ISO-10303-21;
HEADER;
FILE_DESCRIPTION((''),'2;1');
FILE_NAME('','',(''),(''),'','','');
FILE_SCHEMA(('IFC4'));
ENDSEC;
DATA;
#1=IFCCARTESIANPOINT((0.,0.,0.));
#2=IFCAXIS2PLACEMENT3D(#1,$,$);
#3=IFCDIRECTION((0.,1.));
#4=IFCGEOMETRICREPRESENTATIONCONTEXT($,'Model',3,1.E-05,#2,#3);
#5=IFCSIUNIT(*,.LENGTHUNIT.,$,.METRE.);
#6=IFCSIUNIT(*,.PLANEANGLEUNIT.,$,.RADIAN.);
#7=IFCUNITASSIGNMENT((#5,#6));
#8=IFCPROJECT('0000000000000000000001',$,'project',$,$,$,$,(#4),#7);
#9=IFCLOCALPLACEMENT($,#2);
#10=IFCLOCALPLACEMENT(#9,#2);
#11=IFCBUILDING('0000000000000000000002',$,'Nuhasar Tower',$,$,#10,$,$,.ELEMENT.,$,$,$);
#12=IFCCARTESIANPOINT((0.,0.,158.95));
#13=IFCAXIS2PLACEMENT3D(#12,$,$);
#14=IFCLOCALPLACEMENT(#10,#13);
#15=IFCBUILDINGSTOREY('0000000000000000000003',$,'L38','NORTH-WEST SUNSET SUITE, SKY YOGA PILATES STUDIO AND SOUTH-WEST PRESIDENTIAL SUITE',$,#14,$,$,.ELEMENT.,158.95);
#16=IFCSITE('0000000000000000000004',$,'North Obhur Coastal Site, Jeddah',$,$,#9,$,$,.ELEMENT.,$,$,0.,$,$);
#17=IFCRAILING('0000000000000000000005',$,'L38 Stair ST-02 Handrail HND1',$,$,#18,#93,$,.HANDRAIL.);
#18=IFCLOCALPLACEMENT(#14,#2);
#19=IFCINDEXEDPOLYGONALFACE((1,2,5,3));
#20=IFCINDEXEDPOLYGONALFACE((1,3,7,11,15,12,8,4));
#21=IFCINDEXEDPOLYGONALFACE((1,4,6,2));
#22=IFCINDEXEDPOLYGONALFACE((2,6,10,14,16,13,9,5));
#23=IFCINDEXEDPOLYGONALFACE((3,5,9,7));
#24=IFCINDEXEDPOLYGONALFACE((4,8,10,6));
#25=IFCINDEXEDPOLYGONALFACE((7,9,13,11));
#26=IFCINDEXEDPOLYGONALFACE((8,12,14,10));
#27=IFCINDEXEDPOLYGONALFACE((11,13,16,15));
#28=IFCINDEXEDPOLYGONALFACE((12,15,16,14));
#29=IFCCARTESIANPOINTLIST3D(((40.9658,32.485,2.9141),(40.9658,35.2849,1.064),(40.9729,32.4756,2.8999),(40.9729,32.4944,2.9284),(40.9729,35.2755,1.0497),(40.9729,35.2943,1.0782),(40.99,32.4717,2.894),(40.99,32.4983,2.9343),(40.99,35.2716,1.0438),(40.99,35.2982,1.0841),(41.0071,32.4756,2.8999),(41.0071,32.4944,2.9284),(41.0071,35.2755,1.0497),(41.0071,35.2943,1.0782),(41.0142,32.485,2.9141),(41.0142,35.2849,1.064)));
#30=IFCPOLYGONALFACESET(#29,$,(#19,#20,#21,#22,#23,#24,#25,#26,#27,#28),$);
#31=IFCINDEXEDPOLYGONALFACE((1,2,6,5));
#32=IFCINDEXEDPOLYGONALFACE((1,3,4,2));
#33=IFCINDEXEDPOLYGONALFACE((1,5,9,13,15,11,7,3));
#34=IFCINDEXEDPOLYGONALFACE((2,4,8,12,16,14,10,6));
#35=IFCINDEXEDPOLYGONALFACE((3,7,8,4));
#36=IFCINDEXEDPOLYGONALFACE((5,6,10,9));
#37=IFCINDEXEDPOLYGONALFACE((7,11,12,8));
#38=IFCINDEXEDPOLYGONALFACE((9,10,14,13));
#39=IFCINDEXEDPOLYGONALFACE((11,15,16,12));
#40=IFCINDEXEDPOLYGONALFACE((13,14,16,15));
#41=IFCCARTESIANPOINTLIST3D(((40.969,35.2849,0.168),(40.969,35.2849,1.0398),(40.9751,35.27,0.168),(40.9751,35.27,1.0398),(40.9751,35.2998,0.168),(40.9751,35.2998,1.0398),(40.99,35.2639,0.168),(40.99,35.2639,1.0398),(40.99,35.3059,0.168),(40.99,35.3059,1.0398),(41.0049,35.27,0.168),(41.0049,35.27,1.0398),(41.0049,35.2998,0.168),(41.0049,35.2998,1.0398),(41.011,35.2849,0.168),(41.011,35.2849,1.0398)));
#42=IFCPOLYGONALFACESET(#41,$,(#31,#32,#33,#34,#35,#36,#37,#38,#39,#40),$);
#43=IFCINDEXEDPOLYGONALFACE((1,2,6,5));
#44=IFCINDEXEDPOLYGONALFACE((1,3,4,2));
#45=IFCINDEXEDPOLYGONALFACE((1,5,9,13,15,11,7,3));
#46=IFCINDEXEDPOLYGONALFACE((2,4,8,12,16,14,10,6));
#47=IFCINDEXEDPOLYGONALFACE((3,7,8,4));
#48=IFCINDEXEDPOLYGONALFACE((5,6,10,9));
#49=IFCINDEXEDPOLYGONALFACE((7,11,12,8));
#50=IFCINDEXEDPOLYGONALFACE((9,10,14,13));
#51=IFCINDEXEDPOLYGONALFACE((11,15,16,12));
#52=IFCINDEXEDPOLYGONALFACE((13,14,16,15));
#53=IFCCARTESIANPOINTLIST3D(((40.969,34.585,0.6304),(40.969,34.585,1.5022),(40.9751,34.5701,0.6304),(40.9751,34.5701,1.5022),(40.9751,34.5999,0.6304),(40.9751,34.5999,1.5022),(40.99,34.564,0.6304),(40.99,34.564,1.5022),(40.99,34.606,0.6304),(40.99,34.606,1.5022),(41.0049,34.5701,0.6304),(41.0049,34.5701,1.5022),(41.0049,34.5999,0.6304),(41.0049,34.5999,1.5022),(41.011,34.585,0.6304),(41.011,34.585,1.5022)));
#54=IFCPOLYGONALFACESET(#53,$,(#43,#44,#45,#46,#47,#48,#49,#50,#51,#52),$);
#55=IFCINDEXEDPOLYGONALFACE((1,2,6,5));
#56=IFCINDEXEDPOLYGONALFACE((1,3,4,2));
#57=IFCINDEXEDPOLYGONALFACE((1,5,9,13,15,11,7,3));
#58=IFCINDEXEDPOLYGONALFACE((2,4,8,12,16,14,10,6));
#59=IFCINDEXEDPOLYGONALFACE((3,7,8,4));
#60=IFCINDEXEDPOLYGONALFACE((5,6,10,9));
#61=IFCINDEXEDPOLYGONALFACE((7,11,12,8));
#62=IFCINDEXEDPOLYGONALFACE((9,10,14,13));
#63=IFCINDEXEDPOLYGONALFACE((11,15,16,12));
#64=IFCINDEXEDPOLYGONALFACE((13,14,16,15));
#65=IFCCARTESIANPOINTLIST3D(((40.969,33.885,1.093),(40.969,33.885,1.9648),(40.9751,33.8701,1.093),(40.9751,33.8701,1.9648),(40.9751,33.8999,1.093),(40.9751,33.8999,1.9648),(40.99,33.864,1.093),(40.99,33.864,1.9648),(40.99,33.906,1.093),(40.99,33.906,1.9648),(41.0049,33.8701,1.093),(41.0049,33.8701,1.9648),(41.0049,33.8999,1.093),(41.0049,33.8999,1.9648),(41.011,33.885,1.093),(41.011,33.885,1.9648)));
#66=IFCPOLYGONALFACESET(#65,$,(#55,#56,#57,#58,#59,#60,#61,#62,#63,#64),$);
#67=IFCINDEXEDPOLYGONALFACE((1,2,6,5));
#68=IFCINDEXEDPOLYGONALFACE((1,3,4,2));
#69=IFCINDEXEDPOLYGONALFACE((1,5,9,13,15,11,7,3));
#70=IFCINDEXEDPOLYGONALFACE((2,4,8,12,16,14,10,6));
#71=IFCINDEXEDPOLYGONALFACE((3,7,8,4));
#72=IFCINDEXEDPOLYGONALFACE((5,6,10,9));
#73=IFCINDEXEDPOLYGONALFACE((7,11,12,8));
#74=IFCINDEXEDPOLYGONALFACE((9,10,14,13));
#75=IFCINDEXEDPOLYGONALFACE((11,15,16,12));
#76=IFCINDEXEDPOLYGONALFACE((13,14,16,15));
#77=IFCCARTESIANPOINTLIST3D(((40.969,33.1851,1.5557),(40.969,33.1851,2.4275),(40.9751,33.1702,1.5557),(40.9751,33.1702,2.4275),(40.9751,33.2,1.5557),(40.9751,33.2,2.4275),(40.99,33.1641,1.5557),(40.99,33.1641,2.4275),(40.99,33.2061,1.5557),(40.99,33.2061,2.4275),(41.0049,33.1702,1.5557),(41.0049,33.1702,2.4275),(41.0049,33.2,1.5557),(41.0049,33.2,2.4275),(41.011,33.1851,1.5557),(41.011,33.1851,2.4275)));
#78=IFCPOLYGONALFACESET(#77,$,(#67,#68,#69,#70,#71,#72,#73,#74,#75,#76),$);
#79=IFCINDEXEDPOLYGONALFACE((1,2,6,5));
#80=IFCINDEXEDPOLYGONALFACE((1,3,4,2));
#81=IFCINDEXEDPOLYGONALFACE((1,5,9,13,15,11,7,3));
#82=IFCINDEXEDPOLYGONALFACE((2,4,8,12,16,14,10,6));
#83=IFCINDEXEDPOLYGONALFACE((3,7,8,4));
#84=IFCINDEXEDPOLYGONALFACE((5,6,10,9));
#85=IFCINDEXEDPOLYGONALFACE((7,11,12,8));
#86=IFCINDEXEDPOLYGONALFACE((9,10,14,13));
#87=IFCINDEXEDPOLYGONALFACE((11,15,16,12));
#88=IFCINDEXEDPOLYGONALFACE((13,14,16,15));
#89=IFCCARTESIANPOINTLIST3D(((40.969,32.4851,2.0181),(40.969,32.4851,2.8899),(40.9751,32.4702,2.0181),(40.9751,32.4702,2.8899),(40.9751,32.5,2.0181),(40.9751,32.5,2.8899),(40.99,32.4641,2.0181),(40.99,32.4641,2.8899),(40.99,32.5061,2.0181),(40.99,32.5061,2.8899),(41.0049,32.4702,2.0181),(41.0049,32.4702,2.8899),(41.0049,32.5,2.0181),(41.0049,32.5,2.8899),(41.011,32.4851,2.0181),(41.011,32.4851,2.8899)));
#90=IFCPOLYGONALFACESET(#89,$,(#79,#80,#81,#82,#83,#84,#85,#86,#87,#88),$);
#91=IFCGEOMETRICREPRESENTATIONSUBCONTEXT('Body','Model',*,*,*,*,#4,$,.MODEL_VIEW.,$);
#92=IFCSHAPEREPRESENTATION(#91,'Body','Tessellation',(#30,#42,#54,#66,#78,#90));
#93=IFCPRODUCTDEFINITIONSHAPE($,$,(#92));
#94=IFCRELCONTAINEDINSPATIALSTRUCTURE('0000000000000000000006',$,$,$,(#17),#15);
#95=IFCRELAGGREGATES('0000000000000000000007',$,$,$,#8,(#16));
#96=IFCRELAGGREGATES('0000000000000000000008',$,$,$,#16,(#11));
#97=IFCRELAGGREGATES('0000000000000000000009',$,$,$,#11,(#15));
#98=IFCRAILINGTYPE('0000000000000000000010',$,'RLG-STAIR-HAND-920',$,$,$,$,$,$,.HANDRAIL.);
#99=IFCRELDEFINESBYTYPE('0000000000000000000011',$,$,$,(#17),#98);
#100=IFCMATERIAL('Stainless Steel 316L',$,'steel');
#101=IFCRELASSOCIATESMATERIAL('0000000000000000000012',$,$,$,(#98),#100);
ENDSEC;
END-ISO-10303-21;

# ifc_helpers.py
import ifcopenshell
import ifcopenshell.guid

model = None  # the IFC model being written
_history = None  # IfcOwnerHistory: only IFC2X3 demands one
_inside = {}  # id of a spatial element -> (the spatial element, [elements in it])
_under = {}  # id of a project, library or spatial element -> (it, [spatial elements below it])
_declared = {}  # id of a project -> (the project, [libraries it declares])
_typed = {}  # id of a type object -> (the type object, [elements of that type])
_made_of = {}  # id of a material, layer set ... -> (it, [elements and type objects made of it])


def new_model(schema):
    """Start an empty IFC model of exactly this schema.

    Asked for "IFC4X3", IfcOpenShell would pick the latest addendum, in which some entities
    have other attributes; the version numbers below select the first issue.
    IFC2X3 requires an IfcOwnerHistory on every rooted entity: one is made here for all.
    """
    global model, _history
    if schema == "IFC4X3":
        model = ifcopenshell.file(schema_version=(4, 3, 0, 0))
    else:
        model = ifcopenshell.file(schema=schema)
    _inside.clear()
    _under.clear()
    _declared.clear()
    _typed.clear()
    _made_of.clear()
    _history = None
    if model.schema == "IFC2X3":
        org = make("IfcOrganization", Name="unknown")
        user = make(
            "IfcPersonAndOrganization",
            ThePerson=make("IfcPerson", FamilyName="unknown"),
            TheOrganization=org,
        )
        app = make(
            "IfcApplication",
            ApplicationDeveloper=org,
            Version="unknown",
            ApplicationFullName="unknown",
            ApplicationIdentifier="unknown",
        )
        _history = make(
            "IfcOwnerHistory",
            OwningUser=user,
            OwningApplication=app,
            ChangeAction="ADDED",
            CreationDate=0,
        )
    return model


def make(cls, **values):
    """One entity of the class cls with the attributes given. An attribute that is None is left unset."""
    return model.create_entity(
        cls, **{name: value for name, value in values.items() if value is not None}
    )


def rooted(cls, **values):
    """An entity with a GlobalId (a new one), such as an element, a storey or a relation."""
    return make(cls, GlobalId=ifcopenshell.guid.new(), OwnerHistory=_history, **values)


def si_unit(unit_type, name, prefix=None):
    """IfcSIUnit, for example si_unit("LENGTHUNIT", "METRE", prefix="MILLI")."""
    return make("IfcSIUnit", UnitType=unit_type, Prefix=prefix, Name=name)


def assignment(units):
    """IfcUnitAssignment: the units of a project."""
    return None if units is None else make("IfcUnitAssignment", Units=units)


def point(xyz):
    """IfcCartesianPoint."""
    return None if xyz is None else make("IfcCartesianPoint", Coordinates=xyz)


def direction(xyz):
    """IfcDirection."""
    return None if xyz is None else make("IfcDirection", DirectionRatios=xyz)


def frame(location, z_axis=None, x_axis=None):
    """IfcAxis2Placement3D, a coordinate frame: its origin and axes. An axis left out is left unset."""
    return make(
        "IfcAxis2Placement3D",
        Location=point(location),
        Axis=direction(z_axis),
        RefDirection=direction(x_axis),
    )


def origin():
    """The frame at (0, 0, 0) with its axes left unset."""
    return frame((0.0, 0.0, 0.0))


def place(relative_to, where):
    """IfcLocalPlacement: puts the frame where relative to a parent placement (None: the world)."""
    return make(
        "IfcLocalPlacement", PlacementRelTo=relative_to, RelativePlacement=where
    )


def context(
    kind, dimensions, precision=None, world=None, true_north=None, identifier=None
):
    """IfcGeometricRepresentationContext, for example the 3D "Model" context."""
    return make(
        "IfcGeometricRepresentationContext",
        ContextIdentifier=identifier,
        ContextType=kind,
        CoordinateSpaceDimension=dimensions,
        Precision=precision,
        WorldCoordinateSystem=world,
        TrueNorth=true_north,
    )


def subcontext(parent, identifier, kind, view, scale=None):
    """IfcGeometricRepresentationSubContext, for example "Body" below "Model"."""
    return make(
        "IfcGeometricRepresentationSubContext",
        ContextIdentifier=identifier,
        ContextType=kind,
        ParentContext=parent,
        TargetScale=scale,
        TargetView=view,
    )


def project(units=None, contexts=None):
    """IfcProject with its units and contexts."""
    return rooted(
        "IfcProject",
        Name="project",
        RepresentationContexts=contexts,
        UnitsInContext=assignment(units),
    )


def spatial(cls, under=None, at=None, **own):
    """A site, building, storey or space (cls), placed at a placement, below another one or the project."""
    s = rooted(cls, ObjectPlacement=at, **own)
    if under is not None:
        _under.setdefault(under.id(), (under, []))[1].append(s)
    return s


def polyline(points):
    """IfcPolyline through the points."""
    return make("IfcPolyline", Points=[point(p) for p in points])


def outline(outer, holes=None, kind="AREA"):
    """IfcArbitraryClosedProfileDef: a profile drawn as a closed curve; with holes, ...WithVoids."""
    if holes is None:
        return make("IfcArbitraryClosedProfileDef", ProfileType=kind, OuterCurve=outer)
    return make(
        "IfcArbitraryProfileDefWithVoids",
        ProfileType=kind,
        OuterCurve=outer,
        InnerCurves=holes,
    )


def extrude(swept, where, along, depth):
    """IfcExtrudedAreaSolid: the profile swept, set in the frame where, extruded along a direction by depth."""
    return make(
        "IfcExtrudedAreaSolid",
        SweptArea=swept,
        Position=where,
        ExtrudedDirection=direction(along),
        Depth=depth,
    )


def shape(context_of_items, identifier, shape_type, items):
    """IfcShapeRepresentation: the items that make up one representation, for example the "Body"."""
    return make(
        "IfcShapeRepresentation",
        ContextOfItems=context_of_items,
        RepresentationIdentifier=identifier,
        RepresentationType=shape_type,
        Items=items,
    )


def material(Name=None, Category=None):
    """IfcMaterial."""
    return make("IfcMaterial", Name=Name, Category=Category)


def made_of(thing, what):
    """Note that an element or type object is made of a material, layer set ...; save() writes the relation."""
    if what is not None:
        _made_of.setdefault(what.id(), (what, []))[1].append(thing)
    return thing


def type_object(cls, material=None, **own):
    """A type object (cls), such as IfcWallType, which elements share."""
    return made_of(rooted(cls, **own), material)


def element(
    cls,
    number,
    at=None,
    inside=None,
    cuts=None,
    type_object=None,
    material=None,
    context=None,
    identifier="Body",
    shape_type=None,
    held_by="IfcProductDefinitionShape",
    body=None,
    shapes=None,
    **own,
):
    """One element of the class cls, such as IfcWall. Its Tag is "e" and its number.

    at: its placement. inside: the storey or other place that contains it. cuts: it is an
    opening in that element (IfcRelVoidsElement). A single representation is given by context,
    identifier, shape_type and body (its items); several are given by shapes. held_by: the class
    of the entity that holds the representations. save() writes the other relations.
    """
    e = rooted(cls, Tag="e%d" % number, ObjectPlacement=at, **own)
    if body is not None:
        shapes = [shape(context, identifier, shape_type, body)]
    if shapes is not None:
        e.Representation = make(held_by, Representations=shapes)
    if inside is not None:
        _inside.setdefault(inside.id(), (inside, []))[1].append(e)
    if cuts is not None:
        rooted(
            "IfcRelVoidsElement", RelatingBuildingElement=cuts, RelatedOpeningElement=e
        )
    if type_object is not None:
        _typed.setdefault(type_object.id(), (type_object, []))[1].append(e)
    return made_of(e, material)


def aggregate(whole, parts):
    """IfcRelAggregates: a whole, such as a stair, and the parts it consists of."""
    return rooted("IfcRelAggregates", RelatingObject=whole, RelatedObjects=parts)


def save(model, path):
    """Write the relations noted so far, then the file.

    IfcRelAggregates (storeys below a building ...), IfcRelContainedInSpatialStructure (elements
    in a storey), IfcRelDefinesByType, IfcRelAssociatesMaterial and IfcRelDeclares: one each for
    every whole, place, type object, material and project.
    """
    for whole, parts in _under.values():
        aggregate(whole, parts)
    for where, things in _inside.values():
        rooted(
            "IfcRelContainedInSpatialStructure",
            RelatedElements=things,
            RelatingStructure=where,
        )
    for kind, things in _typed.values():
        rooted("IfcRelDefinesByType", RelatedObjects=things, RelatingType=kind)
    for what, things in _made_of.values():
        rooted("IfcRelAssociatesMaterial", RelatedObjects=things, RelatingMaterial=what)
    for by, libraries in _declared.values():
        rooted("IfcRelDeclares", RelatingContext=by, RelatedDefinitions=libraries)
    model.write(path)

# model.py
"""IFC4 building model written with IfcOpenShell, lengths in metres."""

from ifc_helpers import new_model, si_unit, direction, frame, origin, place, context, subcontext, project, spatial, polyline, outline, extrude, material, type_object, element, save


model = new_model("IFC4")

# Units and contexts
model_context = context("Model", 3, precision=1e-05, world=origin(), true_north=direction((0.0, 1.0)))
body_context = subcontext(model_context, "Body", "Model", "MODEL_VIEW")
ifc_project = project(units=[si_unit("LENGTHUNIT", "METRE"), si_unit("PLANEANGLEUNIT", "RADIAN")], contexts=[model_context])

# Site, building, storey
site_placement = place(None, origin())
site = spatial("IfcSite", under=ifc_project, at=site_placement, Name="North Obhur Coastal Site, Jeddah", CompositionType="ELEMENT", RefElevation=0.0)
building_placement = place(site_placement, origin())
building = spatial("IfcBuilding", under=site, at=building_placement, Name="Nuhasar Tower", CompositionType="ELEMENT")
storey_placement = place(building_placement, frame((0.0, 0.0, 158.95)))
storey = spatial("IfcBuildingStorey", under=building, at=storey_placement, Name="L38", Description="NORTH-WEST SUNSET SUITE, SKY YOGA PILATES STUDIO AND SOUTH-WEST PRESIDENTIAL SUITE", CompositionType="ELEMENT", Elevation=158.95)

# Railing
ifc_material_1 = material(Name="Stainless Steel 316L", Category="steel")
railing_type_1 = type_object("IfcRailingType", Name="RLG-STAIR-HAND-920", PredefinedType="HANDRAIL", material=ifc_material_1)
railing_1_placement = place(storey_placement, frame((40.99, 35.2849, 0.168)))
element("IfcRailing", 1, at=railing_1_placement, inside=storey, type_object=railing_type_1, Name="L38 Stair ST-02 Handrail HND1", PredefinedType="HANDRAIL", context=body_context, shape_type="SweptSolid", body=[
    extrude(outline(polyline([(0.0242, 0.0), (0.0171, 0.0171), (0.0, 0.0242), (-0.0171, 0.0171), (-0.0242, 0.0), (-0.0171, -0.0171), (0.0, -0.0242), (0.0171, -0.0171), (0.0242, 0.0)])), frame((0.0, 0.0, 0.896), z_axis=(0.0, -0.834304, 0.551304), x_axis=(1.0, 0.0, 0.0)), (0.0, 0.0, 1.0), 3.356),
    extrude(outline(polyline([(0.021, 0.0), (0.0149, 0.0149), (0.0, 0.021), (-0.0149, 0.0149), (-0.021, 0.0), (-0.0149, -0.0149), (0.0, -0.021), (0.0149, -0.0149), (0.021, 0.0)])), origin(), (0.0, 0.0, 1.0), 0.8718),
    extrude(outline(polyline([(0.021, 0.0), (0.0149, 0.0149), (0.0, 0.021), (-0.0149, 0.0149), (-0.021, 0.0), (-0.0149, -0.0149), (0.0, -0.021), (0.0149, -0.0149), (0.021, 0.0)])), frame((0.0, -0.7, 0.4624)), (0.0, 0.0, 1.0), 0.8718),
    extrude(outline(polyline([(0.021, 0.0), (0.0149, 0.0149), (0.0, 0.021), (-0.0149, 0.0149), (-0.021, 0.0), (-0.0149, -0.0149), (0.0, -0.021), (0.0149, -0.0149), (0.021, 0.0)])), frame((0.0, -1.3999, 0.925)), (0.0, 0.0, 1.0), 0.8718),
    extrude(outline(polyline([(0.021, 0.0), (0.0149, 0.0149), (0.0, 0.021), (-0.0149, 0.0149), (-0.021, 0.0), (-0.0149, -0.0149), (0.0, -0.021), (0.0149, -0.0149), (0.021, 0.0)])), frame((0.0, -2.0999, 1.3877)), (0.0, 0.0, 1.0), 0.8718),
    extrude(outline(polyline([(0.021, 0.0), (0.0149, 0.0149), (0.0, 0.021), (-0.0149, 0.0149), (-0.021, 0.0), (-0.0149, -0.0149), (0.0, -0.021), (0.0149, -0.0149), (0.021, 0.0)])), frame((0.0, -2.7998, 1.8501)), (0.0, 0.0, 1.0), 0.8718),
])

save(model, "model.ifc")
